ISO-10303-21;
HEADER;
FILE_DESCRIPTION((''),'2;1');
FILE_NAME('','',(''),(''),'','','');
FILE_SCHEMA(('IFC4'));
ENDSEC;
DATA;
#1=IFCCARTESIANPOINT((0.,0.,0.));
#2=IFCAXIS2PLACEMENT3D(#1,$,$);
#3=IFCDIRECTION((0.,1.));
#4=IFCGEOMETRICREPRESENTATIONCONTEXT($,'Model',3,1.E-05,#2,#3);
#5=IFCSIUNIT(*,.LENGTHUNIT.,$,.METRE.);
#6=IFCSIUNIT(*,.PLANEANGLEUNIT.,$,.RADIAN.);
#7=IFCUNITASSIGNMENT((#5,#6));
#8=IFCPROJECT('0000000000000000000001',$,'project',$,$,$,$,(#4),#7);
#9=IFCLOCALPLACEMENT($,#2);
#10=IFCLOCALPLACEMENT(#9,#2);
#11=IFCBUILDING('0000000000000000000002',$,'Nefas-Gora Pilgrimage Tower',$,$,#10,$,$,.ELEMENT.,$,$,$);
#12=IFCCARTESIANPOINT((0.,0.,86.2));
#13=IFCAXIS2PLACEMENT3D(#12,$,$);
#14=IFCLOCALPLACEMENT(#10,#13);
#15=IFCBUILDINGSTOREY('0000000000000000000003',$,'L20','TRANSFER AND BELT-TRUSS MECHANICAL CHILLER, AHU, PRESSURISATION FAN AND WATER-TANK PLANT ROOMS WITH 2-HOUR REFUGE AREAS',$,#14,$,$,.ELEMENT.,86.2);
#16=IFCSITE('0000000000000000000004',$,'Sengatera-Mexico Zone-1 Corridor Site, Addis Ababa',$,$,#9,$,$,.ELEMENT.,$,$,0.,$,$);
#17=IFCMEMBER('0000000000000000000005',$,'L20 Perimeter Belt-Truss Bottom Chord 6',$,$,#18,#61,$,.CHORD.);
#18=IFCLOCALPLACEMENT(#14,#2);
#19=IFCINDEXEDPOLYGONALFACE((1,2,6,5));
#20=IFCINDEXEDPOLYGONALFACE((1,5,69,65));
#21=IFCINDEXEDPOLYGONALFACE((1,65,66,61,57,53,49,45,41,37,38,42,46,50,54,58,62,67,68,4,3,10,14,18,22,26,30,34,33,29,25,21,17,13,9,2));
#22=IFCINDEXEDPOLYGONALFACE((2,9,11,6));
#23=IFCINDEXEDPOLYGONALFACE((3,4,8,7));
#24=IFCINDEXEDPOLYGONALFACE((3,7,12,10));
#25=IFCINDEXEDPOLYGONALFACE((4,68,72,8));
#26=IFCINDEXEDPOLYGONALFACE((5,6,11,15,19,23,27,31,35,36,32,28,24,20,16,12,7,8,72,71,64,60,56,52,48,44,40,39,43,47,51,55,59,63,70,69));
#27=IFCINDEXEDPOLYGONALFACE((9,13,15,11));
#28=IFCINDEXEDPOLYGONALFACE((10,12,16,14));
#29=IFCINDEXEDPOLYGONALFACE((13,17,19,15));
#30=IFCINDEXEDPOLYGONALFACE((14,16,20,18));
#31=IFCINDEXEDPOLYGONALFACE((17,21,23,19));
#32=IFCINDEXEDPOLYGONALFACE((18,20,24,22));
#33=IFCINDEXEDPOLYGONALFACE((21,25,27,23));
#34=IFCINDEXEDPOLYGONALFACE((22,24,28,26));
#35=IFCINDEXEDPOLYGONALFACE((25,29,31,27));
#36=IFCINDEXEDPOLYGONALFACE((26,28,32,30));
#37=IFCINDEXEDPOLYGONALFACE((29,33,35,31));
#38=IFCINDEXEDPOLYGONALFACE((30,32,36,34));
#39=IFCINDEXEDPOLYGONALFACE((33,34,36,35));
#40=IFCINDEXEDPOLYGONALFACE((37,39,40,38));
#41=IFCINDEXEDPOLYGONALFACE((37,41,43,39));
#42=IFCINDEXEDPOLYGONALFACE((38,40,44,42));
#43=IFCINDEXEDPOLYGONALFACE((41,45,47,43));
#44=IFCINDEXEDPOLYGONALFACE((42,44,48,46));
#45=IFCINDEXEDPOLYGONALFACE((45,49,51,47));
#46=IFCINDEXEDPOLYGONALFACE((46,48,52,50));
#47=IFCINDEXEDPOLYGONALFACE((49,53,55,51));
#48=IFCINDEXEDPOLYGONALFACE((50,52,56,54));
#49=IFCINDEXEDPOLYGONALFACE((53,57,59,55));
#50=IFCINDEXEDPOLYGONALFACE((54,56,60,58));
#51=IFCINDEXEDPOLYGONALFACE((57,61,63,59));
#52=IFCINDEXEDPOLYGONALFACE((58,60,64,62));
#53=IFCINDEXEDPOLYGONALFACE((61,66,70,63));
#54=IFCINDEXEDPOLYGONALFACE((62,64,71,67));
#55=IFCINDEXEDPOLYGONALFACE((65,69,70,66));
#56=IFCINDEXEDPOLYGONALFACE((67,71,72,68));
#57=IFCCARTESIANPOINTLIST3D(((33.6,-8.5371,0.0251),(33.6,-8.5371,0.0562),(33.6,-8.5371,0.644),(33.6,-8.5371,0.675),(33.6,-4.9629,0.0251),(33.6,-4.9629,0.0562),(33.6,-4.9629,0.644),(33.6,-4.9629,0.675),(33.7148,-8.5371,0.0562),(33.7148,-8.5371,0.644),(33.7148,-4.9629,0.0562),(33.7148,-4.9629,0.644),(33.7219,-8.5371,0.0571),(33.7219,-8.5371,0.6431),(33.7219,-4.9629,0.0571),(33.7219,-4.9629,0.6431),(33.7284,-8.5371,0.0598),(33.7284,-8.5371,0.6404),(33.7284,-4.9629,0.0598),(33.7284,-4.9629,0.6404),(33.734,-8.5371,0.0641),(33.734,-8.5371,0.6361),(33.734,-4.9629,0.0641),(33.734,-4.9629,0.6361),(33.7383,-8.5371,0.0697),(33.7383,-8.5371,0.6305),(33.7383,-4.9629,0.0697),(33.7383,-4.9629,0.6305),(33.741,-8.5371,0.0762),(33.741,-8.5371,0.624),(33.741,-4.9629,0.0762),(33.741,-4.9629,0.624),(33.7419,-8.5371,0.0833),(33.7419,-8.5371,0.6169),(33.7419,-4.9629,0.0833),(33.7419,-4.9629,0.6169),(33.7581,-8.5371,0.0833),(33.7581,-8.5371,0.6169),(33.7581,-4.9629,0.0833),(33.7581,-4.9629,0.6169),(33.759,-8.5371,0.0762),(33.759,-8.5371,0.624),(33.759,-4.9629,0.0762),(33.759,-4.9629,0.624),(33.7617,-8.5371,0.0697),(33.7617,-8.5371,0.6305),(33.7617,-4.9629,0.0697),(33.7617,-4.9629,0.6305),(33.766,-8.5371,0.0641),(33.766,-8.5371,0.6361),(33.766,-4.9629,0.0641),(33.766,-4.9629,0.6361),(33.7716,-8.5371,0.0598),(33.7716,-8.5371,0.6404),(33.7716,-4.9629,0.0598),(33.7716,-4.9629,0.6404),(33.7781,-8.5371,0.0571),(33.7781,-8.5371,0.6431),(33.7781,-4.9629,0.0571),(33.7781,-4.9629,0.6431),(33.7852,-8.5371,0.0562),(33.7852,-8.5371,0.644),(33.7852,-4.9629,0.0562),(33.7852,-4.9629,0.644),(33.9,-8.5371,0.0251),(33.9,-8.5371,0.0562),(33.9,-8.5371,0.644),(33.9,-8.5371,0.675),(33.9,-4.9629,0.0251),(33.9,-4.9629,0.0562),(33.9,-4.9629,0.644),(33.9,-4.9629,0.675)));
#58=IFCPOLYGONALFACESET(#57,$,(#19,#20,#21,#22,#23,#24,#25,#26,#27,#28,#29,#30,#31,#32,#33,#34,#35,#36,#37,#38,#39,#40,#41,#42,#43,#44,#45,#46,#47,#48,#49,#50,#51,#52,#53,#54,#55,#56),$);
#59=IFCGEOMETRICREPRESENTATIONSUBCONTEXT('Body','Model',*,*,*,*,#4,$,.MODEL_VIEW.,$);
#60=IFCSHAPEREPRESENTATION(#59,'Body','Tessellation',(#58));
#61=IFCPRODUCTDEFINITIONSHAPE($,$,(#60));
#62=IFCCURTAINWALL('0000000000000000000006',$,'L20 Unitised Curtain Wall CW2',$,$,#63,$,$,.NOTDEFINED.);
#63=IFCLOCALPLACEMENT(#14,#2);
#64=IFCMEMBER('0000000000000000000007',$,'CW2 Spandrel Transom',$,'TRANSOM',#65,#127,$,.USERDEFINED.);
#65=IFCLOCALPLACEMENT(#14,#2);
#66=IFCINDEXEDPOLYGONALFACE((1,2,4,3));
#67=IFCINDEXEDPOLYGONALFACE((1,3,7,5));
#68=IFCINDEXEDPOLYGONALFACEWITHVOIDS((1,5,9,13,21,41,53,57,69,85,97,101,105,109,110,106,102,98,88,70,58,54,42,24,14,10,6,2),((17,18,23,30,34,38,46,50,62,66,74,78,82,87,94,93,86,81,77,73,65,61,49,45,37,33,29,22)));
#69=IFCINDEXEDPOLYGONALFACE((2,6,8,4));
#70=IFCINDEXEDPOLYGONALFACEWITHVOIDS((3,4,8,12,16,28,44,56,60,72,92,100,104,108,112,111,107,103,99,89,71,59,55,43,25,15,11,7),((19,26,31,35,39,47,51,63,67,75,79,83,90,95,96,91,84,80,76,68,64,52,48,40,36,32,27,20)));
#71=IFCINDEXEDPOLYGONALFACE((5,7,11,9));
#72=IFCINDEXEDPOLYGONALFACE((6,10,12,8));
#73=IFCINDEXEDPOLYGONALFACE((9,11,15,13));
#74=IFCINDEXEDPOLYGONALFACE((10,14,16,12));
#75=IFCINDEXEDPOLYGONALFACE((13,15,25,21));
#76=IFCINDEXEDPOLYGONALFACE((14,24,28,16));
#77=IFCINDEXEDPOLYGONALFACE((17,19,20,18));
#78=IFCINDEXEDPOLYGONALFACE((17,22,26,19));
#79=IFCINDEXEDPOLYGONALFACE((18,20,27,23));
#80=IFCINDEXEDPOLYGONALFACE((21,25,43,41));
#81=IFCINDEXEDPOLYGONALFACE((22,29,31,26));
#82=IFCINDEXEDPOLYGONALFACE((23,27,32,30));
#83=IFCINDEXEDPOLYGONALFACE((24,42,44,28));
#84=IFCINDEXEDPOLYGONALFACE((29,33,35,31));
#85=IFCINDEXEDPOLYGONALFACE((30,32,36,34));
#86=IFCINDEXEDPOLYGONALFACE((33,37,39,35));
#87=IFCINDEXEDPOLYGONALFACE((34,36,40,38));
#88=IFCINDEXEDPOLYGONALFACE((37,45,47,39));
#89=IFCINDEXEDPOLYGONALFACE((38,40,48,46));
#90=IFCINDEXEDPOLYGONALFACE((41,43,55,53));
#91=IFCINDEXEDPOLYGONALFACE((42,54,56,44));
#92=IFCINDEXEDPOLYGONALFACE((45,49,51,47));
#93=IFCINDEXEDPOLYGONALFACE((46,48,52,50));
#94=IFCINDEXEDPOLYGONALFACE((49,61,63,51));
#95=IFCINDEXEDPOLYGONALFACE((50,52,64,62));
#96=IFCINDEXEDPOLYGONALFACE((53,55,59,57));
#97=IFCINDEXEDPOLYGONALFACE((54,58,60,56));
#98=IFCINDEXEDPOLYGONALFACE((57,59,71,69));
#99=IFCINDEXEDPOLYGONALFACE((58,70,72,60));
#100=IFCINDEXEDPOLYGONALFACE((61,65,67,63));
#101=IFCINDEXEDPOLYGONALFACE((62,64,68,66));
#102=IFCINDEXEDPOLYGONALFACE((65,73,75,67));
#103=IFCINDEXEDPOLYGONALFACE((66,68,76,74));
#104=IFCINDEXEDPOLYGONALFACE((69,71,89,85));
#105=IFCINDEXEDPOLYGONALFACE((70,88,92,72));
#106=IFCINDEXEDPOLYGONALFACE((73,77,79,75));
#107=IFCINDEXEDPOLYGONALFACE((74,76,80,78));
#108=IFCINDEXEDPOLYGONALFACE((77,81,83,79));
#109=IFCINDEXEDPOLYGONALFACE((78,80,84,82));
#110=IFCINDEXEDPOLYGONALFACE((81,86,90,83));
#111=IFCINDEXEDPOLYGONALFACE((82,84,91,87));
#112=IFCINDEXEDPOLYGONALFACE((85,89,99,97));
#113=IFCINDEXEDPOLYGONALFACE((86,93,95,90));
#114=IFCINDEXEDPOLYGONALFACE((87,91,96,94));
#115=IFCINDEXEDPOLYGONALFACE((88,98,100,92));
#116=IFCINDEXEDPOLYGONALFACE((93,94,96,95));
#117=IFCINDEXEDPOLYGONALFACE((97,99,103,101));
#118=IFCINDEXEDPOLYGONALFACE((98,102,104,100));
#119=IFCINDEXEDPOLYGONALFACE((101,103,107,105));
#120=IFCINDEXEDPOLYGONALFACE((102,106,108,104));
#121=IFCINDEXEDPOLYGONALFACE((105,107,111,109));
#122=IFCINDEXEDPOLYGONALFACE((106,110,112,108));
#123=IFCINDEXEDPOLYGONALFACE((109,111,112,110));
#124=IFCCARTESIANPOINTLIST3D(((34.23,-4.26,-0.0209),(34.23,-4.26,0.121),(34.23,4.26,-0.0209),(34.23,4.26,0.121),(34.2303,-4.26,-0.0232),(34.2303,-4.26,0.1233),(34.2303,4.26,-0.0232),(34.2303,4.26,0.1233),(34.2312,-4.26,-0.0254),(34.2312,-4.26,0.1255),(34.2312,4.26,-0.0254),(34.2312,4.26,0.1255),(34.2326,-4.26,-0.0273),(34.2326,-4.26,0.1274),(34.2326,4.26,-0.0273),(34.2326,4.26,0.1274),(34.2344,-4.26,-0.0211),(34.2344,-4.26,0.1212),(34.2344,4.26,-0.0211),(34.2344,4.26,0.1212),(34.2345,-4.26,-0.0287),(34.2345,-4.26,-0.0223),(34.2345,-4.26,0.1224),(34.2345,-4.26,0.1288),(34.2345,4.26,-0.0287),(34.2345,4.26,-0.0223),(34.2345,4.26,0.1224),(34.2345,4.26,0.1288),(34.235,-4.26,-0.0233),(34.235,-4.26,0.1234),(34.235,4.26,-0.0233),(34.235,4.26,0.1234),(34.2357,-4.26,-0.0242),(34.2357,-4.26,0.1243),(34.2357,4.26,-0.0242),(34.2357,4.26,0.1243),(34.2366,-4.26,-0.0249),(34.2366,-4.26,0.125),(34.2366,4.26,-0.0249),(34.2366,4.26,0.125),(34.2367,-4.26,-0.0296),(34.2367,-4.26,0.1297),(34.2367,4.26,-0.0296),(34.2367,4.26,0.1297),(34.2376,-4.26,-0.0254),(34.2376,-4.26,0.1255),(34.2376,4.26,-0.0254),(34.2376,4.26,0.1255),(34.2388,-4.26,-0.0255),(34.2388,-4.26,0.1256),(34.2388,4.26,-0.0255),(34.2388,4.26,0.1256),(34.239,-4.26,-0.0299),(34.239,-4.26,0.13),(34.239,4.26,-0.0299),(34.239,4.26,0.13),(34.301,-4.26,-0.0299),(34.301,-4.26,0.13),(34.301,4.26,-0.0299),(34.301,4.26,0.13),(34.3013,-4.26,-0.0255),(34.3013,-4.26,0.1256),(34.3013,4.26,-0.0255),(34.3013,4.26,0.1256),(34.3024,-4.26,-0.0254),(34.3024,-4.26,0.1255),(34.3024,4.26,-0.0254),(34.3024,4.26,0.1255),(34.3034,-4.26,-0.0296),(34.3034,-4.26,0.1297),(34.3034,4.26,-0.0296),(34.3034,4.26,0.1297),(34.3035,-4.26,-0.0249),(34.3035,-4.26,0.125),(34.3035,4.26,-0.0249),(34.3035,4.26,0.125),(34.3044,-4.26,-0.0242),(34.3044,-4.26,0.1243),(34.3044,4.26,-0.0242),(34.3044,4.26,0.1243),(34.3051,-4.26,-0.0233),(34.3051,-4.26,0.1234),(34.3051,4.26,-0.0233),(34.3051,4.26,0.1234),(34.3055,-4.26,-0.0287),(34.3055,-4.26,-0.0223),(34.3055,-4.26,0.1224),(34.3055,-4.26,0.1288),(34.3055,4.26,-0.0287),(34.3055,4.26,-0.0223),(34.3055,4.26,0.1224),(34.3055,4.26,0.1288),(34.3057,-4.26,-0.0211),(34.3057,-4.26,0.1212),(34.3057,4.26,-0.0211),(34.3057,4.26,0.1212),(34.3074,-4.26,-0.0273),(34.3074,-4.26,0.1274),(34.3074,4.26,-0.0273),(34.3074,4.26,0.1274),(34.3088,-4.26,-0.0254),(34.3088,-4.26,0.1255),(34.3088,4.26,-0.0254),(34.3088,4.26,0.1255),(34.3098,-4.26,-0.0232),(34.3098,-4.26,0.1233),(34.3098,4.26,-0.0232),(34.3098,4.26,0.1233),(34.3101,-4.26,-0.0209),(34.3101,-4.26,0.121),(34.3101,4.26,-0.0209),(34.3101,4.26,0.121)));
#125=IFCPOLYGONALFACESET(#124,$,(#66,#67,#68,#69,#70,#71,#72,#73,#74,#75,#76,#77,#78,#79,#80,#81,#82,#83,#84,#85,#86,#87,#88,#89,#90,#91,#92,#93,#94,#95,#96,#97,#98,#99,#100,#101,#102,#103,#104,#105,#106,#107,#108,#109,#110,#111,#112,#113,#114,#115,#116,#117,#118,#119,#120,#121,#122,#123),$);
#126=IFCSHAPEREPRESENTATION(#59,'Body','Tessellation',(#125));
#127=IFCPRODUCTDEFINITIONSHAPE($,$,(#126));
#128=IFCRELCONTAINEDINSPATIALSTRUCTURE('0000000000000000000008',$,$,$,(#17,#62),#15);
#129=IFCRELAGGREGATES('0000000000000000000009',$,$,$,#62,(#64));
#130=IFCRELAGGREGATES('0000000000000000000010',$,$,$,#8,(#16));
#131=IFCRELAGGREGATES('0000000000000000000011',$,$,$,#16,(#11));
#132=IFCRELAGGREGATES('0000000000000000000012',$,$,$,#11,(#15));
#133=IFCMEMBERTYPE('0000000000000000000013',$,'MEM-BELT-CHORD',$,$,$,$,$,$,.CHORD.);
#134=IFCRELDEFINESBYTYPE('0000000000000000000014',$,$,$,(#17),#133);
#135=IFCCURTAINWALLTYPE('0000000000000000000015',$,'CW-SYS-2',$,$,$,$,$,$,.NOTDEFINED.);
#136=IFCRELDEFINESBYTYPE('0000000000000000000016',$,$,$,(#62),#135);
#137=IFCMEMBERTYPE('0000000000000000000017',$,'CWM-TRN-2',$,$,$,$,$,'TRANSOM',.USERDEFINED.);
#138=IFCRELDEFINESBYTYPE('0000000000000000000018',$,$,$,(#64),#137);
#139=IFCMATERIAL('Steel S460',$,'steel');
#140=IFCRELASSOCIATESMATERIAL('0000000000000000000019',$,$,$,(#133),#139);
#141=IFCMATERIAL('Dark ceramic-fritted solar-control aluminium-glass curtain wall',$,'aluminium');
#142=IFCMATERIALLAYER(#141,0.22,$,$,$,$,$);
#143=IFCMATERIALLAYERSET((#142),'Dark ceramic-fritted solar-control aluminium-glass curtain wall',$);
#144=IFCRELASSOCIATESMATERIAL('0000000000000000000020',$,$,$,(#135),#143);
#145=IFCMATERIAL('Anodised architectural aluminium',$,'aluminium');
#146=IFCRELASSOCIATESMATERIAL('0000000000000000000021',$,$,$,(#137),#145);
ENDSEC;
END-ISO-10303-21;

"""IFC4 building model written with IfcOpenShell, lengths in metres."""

from ifc_helpers import new_model, si_unit, direction, frame, origin, origin_2d, place, context, subcontext, project, spatial, hollow_rectangle, i_section, extrude, source, transform, mapped, material, layer, layer_set, material_profile, profile_set, type_object, element, aggregate, save


model = new_model("IFC4")

# Units and contexts
model_context = context("Model", 3, precision=1e-05, world=origin(), true_north=direction((0.0, 1.0)))
body_context = subcontext(model_context, "Body", "Model", "MODEL_VIEW")
ifc_project = project(units=[si_unit("LENGTHUNIT", "METRE"), si_unit("PLANEANGLEUNIT", "RADIAN")], contexts=[model_context])

# Site, building, storey
site_placement = place(None, origin())
site = spatial("IfcSite", under=ifc_project, at=site_placement, Name="Sengatera-Mexico Zone-1 Corridor Site, Addis Ababa", CompositionType="ELEMENT", RefElevation=0.0)
building_placement = place(site_placement, origin())
building = spatial("IfcBuilding", under=site, at=building_placement, Name="Nefas-Gora Pilgrimage Tower", CompositionType="ELEMENT")
storey_placement = place(building_placement, frame((0.0, 0.0, 86.2)))
storey = spatial("IfcBuildingStorey", under=building, at=storey_placement, Name="L20", Description="TRANSFER AND BELT-TRUSS MECHANICAL CHILLER, AHU, PRESSURISATION FAN AND WATER-TANK PLANT ROOMS WITH 2-HOUR REFUGE AREAS", CompositionType="ELEMENT", Elevation=86.2)

# Shared definitions
ifc_material_1 = material(Name="Steel S460", Category="steel")

# Member
ifc_material_profile_1 = material_profile(ifc_material_1, i_section(OverallWidth=0.3, OverallDepth=0.6499, WebThickness=0.0161, FlangeThickness=0.031, FilletRadius=0.0271, at=origin_2d()), Name="HEB 650")
ifc_profile_set_1 = profile_set([ifc_material_profile_1], Name="Steel S460")
member_type_1 = type_object("IfcMemberType", Name="MEM-BELT-CHORD", PredefinedType="CHORD", material=ifc_profile_set_1)
shared_shape_1 = source(origin(), body_context, "Body", "SweptSolid", [
    extrude(i_section(OverallWidth=0.3, OverallDepth=0.6499, WebThickness=0.0161, FlangeThickness=0.031, FilletRadius=0.0271, at=origin_2d()), origin(), (0.0, 0.0, 1.0), 3.5742),
])
for number, where, z_axis, x_axis, name in (
    (1, (33.75, -8.5371, 0.3501), (0.0, 1.0, 0.0), (-1.0, 0.0, 0.0), "L20 Perimeter Belt-Truss Bottom Chord 6"),
):
    element("IfcMember", number, at=place(storey_placement, frame(where, z_axis=z_axis, x_axis=x_axis)), inside=storey, type_object=member_type_1, Name=name, PredefinedType="CHORD", context=body_context, shape_type="MappedRepresentation", body=[
        mapped(shared_shape_1, transform((0.0, 0.0, 0.0), x_axis=(1.0, 0.0, 0.0), y_axis=(0.0, 1.0, 0.0), z_axis=(0.0, 0.0, 1.0), scale=1.0)),
    ])

# Curtain wall, member
ifc_material_2 = material(Name="Dark ceramic-fritted solar-control aluminium-glass curtain wall", Category="aluminium")
ifc_layer_1 = layer(ifc_material_2, 0.22)
ifc_layer_set_1 = layer_set([ifc_layer_1], Name="Dark ceramic-fritted solar-control aluminium-glass curtain wall")
curtain_wall_type = type_object("IfcCurtainWallType", Name="CW-SYS-2", PredefinedType="NOTDEFINED", material=ifc_layer_set_1)
curtain_wall_placement = place(storey_placement, origin())
curtain_wall = element("IfcCurtainWall", 2, at=curtain_wall_placement, inside=storey, type_object=curtain_wall_type, Name="L20 Unitised Curtain Wall CW2", PredefinedType="NOTDEFINED")
ifc_material_3 = material(Name="Anodised architectural aluminium", Category="aluminium")
ifc_material_profile_2 = material_profile(ifc_material_3, hollow_rectangle(XDim=0.0801, YDim=0.1599, WallThickness=0.0044, InnerFilletRadius=0.0044, OuterFilletRadius=0.009, at=origin_2d()), Name="ALU TRANSOM 80x160")
ifc_profile_set_2 = profile_set([ifc_material_profile_2], Name="Anodised architectural aluminium")
member_type_2 = type_object("IfcMemberType", Name="CWM-TRN-2", ElementType="TRANSOM", PredefinedType="USERDEFINED", material=ifc_profile_set_2)
shared_shape_2 = source(origin(), body_context, "Body", "SweptSolid", [
    extrude(hollow_rectangle(XDim=0.0801, YDim=0.1599, WallThickness=0.0044, InnerFilletRadius=0.0044, OuterFilletRadius=0.009, at=origin_2d()), origin(), (0.0, 0.0, 1.0), 8.52),
])
member_1_placement = place(storey_placement, frame((34.27, -4.26, 0.05), z_axis=(0.0, 1.0, 0.0), x_axis=(-1.0, 0.0, 0.0)))
member_1 = element("IfcMember", 3, at=member_1_placement, type_object=member_type_2, Name="CW2 Spandrel Transom", ObjectType="TRANSOM", PredefinedType="USERDEFINED", context=body_context, shape_type="MappedRepresentation", body=[
    mapped(shared_shape_2, transform((0.0, 0.0, 0.0), x_axis=(1.0, 0.0, 0.0), y_axis=(0.0, 1.0, 0.0), z_axis=(0.0, 0.0, 1.0), scale=1.0)),
])
aggregate(curtain_wall, [member_1])

save(model, "model.ifc")
